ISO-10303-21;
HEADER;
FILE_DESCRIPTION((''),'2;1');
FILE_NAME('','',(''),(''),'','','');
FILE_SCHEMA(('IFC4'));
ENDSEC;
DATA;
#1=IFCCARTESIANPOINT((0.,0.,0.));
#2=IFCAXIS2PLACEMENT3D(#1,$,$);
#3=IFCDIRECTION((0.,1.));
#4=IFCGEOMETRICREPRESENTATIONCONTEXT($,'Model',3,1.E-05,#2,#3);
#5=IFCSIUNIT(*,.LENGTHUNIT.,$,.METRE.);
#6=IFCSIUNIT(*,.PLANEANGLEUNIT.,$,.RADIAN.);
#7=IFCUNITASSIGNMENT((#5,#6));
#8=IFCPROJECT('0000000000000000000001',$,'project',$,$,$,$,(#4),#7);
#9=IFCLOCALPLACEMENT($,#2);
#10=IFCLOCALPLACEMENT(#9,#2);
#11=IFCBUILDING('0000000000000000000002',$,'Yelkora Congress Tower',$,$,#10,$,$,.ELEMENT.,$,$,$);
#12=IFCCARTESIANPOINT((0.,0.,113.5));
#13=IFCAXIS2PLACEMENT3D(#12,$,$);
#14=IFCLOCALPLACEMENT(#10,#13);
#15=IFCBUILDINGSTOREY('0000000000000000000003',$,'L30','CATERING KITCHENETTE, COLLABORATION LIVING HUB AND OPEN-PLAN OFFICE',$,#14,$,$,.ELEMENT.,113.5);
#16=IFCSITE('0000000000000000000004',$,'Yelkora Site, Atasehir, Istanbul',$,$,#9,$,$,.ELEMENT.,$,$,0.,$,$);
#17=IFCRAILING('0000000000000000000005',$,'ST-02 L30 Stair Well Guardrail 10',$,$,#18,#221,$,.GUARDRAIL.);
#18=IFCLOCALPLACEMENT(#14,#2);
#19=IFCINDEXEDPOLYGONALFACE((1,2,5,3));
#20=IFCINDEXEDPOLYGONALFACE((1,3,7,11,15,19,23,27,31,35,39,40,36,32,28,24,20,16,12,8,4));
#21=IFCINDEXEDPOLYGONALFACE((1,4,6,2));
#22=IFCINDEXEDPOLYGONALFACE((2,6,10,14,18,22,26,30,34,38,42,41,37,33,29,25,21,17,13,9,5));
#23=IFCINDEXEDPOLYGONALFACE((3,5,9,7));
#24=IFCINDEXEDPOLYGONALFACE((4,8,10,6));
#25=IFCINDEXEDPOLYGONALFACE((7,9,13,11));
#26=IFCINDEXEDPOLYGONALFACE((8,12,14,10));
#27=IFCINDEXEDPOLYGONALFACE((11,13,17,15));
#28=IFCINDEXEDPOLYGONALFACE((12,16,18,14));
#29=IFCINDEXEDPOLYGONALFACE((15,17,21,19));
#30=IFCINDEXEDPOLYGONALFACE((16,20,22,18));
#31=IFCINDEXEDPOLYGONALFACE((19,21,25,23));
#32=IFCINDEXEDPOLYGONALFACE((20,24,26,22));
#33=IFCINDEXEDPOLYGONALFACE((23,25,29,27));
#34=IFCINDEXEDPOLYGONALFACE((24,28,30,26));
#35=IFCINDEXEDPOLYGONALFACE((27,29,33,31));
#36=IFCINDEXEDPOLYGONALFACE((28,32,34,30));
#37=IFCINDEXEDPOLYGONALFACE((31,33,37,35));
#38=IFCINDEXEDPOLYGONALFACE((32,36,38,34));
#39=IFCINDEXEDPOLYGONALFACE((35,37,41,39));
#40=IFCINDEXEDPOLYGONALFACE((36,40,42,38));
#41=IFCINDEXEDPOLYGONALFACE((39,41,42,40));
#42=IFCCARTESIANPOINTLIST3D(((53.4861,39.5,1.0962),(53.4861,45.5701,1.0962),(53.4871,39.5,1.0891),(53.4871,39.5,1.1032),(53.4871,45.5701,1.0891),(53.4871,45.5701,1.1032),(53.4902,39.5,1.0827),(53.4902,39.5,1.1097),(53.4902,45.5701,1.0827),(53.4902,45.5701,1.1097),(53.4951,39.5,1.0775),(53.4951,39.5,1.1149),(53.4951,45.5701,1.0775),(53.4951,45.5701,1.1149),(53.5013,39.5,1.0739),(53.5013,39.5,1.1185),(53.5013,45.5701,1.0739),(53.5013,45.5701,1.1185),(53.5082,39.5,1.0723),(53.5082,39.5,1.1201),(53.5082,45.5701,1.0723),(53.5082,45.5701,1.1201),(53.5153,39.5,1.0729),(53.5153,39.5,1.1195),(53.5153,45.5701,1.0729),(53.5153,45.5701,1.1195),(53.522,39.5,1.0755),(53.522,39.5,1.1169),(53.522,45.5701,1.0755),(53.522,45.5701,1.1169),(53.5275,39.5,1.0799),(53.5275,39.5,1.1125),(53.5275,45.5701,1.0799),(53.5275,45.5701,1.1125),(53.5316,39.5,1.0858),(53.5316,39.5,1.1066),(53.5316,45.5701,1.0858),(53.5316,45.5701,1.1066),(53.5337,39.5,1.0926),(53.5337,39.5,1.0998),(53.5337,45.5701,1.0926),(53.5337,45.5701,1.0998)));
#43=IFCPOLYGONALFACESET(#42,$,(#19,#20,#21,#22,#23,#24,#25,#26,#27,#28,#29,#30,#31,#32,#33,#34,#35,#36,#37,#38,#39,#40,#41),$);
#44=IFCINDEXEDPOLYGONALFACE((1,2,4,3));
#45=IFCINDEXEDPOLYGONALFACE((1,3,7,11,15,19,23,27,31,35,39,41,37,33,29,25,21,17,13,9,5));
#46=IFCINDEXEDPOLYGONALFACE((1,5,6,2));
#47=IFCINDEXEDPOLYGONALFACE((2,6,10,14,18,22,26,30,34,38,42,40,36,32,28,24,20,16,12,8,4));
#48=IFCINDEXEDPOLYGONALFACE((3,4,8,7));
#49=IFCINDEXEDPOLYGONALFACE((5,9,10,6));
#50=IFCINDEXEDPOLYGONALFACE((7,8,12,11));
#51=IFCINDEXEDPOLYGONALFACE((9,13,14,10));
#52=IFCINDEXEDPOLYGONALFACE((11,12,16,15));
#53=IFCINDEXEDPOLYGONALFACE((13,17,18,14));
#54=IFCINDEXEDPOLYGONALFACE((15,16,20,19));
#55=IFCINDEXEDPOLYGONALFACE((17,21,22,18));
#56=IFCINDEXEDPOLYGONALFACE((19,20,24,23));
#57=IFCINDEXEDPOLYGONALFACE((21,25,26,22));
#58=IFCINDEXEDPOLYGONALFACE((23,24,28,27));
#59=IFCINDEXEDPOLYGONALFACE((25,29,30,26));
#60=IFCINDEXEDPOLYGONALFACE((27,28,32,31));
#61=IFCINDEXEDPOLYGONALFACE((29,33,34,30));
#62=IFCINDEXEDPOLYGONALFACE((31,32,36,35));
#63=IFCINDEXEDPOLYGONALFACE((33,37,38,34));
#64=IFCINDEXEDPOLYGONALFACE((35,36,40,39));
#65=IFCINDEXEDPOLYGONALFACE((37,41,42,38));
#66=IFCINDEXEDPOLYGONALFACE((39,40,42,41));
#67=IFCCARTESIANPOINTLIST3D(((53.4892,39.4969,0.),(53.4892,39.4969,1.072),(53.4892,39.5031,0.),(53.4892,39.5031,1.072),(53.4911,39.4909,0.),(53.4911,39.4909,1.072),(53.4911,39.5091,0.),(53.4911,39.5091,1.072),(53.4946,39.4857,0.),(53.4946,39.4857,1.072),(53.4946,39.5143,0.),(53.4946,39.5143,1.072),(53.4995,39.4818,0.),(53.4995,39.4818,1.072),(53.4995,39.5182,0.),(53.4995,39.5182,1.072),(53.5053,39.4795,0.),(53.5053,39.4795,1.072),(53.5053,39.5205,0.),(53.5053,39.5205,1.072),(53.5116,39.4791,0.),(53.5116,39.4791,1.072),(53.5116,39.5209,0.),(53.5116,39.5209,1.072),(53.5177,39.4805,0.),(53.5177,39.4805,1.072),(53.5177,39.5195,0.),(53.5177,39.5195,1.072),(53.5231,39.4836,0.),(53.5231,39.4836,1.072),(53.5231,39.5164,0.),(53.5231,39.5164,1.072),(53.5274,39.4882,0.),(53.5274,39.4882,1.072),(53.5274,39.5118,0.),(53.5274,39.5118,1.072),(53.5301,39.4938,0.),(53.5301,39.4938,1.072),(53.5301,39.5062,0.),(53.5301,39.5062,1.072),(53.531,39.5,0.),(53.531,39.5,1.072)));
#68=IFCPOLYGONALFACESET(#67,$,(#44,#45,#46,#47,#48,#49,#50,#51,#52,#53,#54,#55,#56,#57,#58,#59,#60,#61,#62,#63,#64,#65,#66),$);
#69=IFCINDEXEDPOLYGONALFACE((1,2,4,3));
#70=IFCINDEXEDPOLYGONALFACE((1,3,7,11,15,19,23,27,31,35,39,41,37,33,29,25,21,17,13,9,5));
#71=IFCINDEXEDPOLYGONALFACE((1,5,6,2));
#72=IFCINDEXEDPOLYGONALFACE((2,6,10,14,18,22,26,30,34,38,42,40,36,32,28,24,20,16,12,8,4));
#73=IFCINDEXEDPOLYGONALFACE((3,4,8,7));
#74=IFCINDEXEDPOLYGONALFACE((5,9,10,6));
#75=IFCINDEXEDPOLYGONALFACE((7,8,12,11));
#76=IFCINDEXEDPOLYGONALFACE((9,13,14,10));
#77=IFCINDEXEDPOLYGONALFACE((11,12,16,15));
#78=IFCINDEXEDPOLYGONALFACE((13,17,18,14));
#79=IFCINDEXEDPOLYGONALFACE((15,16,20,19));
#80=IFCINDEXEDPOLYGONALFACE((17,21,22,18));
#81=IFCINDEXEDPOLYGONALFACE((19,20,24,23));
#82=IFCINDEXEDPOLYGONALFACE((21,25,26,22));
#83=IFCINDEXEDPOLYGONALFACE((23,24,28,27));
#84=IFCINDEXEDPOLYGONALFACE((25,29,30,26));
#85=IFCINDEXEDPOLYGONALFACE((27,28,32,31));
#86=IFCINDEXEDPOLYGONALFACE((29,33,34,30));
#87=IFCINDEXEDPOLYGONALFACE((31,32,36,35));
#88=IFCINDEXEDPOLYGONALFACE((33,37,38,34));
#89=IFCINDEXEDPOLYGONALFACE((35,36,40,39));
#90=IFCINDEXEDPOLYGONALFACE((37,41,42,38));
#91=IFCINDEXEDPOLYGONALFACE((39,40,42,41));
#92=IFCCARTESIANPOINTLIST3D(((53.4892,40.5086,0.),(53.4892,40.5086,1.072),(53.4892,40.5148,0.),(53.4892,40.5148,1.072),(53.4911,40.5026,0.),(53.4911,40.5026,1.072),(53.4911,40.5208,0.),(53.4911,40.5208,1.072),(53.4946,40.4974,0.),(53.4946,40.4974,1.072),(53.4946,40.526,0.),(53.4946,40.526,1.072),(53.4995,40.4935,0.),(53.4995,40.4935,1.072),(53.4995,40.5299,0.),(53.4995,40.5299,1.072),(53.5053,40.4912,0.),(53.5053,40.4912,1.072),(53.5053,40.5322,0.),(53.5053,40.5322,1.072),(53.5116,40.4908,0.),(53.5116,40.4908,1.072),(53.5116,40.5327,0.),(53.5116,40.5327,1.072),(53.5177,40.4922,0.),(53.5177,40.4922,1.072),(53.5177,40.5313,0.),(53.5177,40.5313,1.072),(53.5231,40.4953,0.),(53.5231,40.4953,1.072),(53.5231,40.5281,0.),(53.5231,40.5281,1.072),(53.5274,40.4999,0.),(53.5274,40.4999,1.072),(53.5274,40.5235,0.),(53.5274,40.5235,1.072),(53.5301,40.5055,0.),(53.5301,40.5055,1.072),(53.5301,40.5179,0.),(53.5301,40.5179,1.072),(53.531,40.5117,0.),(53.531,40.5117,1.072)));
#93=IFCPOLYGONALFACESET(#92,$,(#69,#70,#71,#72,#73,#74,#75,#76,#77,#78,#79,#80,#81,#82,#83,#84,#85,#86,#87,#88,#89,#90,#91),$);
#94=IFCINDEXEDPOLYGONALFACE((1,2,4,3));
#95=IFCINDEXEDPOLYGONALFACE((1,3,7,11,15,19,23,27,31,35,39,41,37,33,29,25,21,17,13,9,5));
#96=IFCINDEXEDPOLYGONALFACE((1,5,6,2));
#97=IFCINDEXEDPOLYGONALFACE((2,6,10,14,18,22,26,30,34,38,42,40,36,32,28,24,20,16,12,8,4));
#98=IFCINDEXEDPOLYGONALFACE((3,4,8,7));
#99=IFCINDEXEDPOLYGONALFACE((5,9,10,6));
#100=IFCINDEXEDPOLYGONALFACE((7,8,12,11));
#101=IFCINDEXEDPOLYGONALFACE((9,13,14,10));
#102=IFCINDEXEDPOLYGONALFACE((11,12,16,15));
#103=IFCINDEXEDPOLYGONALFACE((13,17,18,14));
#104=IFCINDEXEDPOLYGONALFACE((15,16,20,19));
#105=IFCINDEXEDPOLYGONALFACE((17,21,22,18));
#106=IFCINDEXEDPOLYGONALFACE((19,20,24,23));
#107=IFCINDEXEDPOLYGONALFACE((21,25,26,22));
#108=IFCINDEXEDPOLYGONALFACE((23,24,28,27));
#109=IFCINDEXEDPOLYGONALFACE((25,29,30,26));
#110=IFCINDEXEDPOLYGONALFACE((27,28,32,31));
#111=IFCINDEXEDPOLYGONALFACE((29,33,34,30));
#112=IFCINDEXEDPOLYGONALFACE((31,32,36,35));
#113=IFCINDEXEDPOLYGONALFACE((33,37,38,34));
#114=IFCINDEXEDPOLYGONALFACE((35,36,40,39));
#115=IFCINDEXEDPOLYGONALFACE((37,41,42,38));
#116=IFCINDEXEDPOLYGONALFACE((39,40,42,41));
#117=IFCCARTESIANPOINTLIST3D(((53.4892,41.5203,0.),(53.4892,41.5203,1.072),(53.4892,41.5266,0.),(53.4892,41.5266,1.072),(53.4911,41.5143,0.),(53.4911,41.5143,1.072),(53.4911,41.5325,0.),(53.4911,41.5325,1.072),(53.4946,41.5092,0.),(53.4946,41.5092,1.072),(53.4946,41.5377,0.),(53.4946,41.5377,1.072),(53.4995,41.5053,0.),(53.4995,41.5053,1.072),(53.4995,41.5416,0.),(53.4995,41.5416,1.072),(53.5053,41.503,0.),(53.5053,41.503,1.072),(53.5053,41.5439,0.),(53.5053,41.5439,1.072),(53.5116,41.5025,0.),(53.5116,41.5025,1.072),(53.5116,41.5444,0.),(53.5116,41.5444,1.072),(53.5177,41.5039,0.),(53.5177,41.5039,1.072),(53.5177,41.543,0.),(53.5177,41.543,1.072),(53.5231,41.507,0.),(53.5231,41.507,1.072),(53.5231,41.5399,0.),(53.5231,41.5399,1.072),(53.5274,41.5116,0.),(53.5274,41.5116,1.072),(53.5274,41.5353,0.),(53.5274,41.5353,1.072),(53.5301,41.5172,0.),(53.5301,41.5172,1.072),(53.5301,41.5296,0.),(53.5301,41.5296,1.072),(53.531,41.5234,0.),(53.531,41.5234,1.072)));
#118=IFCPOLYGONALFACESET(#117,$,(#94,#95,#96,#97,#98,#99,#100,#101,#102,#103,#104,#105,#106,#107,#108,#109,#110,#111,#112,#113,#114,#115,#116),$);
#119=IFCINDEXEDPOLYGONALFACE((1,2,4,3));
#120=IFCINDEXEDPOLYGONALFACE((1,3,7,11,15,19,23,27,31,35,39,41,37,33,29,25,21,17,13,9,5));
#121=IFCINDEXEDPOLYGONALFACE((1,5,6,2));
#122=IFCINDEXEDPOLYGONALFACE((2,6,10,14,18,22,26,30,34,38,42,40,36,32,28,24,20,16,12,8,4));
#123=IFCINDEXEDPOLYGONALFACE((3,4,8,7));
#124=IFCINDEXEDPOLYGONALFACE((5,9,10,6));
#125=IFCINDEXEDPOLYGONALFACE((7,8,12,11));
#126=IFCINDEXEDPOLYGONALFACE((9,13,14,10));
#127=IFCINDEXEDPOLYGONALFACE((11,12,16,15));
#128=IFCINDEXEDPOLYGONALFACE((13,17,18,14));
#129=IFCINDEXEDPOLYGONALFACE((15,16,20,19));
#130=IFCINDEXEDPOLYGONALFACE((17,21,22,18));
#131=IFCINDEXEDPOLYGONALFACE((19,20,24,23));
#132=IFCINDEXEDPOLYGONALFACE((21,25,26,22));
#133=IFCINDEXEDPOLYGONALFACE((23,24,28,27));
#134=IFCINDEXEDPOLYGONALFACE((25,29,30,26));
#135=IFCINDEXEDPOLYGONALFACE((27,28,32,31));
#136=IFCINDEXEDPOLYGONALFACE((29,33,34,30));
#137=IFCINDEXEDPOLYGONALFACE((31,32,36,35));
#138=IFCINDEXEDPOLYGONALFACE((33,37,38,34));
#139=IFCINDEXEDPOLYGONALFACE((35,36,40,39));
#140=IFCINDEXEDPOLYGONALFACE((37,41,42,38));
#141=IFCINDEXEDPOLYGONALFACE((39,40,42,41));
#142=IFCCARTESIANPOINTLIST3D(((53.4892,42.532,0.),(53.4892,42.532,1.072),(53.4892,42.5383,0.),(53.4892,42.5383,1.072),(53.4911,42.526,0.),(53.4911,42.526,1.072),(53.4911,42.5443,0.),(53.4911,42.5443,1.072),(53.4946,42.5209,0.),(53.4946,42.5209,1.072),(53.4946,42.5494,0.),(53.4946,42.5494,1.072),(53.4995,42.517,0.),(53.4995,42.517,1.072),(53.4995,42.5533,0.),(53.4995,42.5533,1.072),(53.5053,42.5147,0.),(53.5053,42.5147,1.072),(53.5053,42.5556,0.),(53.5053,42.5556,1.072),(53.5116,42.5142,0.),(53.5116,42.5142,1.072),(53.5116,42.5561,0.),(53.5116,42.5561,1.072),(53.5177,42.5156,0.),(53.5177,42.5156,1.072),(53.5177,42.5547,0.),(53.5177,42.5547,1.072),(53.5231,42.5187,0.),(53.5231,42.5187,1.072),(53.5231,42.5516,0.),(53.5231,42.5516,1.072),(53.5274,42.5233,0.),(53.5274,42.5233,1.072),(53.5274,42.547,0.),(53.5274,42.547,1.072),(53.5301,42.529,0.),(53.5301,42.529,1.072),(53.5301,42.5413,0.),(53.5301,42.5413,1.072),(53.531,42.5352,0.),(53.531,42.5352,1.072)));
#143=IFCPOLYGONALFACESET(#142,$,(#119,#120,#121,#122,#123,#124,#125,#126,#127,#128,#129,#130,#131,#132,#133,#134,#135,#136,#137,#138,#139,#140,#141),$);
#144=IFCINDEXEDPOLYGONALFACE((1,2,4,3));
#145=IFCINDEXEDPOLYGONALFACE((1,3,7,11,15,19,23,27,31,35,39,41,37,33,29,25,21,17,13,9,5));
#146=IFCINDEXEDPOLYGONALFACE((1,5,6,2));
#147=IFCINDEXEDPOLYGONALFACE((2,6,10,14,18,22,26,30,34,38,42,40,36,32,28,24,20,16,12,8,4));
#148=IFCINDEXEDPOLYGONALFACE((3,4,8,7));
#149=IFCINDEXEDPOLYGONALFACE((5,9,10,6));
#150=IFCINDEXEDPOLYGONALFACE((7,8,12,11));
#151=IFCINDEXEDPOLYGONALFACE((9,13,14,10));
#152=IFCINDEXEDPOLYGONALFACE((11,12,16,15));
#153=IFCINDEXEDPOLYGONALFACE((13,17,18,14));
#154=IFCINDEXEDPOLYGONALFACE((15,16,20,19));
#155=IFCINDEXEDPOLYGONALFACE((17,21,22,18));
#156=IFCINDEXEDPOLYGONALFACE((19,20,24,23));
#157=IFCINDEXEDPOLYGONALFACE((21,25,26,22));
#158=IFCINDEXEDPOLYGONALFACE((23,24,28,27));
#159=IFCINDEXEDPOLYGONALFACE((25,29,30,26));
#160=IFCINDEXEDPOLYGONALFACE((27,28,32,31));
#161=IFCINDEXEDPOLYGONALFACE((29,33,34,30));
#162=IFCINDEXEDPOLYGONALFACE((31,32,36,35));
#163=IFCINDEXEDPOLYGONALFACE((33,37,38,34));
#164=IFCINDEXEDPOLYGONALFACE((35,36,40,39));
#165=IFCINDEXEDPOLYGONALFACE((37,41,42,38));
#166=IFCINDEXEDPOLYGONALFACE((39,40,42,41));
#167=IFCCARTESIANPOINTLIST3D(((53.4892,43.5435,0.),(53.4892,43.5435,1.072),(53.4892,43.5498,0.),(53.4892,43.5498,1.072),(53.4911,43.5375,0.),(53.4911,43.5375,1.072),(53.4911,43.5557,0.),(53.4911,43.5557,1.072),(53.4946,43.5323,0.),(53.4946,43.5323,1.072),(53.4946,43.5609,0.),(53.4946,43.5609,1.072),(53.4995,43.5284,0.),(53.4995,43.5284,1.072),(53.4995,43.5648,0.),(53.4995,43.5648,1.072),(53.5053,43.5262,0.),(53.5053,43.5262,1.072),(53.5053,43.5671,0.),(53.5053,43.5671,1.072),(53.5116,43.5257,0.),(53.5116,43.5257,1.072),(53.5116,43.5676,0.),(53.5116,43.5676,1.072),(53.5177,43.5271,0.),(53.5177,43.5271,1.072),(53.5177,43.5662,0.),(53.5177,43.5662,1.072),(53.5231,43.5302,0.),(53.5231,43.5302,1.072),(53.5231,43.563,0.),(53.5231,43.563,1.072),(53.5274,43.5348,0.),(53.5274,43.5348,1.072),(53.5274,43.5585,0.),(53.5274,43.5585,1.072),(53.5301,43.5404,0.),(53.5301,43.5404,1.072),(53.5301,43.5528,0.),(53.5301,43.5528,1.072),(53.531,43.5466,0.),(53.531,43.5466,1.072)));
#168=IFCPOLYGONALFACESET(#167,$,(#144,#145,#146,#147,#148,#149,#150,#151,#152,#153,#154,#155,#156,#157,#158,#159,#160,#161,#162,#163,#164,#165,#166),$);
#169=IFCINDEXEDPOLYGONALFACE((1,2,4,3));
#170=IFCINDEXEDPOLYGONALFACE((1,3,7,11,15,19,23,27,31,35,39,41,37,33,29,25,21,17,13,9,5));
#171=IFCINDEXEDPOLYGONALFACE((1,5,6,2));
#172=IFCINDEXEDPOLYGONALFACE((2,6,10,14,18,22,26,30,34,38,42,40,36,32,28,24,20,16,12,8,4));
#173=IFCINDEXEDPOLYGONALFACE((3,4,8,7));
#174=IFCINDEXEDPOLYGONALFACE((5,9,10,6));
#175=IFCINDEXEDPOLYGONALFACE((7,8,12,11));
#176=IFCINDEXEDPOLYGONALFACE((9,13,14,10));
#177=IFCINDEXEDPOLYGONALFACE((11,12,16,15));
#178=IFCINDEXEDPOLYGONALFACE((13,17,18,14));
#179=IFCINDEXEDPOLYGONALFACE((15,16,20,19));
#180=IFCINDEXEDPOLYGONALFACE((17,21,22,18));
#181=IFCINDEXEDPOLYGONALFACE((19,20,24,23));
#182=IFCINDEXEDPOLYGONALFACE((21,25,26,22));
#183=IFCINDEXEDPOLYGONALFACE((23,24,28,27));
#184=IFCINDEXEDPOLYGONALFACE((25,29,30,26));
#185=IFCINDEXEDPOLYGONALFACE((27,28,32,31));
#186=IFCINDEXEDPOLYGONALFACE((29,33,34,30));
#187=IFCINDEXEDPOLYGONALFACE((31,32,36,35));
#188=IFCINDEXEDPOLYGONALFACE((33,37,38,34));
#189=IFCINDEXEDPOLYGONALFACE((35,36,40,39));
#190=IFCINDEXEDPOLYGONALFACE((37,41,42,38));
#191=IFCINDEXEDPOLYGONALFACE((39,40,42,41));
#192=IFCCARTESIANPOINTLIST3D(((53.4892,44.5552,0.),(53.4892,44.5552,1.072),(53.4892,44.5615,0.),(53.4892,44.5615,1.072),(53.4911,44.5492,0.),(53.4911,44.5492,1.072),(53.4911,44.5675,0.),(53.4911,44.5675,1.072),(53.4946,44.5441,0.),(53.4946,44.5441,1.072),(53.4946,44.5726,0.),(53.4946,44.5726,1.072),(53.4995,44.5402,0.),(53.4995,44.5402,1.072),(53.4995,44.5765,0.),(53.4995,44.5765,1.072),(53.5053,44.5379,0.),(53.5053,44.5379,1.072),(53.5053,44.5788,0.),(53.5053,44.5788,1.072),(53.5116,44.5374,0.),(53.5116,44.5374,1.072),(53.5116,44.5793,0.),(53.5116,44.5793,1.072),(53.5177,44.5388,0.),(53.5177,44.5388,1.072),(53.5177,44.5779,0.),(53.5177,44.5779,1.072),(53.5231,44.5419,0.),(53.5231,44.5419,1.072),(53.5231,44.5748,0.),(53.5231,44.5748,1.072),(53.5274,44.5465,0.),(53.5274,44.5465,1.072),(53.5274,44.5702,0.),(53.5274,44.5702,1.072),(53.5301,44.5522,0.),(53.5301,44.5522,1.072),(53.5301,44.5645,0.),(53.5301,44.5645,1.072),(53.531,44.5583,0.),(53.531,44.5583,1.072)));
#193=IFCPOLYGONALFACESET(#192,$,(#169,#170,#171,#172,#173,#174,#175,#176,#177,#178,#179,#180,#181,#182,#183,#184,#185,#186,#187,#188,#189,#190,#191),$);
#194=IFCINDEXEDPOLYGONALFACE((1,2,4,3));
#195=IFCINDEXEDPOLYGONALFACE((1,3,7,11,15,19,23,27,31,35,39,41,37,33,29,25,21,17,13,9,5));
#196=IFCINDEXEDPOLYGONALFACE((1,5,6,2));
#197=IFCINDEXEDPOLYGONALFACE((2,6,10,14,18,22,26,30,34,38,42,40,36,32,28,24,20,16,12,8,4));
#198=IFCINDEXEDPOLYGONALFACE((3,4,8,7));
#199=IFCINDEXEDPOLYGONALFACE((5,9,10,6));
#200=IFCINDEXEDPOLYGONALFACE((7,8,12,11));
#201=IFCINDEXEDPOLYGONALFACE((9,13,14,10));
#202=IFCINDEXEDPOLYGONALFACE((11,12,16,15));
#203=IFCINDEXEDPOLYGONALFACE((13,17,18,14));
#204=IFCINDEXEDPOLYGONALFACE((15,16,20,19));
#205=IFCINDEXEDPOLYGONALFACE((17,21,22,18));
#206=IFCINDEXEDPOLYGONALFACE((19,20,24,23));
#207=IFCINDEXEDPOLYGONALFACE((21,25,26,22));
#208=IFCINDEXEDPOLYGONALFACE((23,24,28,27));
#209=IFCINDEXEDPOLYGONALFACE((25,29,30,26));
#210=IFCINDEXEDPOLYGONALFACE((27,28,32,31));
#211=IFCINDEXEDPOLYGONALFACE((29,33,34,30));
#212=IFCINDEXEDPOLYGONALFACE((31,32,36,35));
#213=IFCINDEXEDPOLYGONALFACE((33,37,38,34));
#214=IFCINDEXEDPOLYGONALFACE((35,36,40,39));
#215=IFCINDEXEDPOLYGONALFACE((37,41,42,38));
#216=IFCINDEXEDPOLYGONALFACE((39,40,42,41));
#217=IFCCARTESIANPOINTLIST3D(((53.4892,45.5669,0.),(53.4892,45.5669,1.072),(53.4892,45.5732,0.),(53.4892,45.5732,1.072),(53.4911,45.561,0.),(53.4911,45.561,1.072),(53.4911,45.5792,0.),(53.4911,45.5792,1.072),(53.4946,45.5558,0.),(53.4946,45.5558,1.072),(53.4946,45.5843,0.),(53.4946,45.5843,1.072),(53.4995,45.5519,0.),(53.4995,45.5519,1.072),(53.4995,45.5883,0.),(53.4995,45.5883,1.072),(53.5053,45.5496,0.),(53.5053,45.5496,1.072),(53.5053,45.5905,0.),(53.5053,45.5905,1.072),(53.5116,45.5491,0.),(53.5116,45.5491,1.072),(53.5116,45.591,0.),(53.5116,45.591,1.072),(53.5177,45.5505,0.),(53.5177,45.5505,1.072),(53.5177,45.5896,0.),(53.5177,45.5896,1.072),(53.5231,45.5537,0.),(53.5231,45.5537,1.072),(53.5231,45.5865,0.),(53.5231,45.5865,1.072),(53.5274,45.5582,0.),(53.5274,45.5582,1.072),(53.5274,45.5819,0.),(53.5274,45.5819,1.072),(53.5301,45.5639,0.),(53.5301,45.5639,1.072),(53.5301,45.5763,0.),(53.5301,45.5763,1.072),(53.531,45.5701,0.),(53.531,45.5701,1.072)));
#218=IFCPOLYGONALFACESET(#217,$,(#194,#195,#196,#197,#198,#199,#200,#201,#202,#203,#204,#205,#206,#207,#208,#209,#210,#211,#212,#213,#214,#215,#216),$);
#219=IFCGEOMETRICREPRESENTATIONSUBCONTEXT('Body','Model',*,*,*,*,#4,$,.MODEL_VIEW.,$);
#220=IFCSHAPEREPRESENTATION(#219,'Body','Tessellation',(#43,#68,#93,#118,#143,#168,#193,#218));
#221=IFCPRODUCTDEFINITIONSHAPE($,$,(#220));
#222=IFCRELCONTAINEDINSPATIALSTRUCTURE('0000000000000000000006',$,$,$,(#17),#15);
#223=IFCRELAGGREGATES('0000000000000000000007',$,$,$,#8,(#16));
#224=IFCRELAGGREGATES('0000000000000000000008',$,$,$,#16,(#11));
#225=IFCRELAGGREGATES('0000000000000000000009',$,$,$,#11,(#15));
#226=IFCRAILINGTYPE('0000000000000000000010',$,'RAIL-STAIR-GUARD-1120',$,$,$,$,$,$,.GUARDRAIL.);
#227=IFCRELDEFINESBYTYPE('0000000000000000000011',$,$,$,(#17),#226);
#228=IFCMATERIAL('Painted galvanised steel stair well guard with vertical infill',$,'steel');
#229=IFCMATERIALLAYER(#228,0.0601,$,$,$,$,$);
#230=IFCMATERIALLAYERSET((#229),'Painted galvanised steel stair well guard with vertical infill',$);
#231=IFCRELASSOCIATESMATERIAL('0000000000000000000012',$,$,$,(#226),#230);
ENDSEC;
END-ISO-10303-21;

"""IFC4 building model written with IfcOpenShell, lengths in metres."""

from ifc_helpers import new_model, si_unit, direction, frame, origin, origin_2d, place, context, subcontext, project, spatial, circle, extrude, material, layer, layer_set, type_object, element, save


model = new_model("IFC4")

# Units and contexts
model_context = context("Model", 3, precision=1e-05, world=origin(), true_north=direction((0.0, 1.0)))
body_context = subcontext(model_context, "Body", "Model", "MODEL_VIEW")
ifc_project = project(units=[si_unit("LENGTHUNIT", "METRE"), si_unit("PLANEANGLEUNIT", "RADIAN")], contexts=[model_context])

# Site, building, storey
site_placement = place(None, origin())
site = spatial("IfcSite", under=ifc_project, at=site_placement, Name="Yelkora Site, Atasehir, Istanbul", CompositionType="ELEMENT", RefElevation=0.0)
building_placement = place(site_placement, origin())
building = spatial("IfcBuilding", under=site, at=building_placement, Name="Yelkora Congress Tower", CompositionType="ELEMENT")
storey_placement = place(building_placement, frame((0.0, 0.0, 113.5)))
storey = spatial("IfcBuildingStorey", under=building, at=storey_placement, Name="L30", Description="CATERING KITCHENETTE, COLLABORATION LIVING HUB AND OPEN-PLAN OFFICE", CompositionType="ELEMENT", Elevation=113.5)

# Railing
ifc_material_1 = material(Name="Painted galvanised steel stair well guard with vertical infill", Category="steel")
ifc_layer_1 = layer(ifc_material_1, 0.0601)
ifc_layer_set_1 = layer_set([ifc_layer_1], Name="Painted galvanised steel stair well guard with vertical infill")
railing_type = type_object("IfcRailingType", Name="RAIL-STAIR-GUARD-1120", PredefinedType="GUARDRAIL", material=ifc_layer_set_1)
railing_1_placement = place(storey_placement, frame((53.51, 39.5, 0.0)))
element("IfcRailing", 1, at=railing_1_placement, inside=storey, type_object=railing_type, Name="ST-02 L30 Stair Well Guardrail 10", PredefinedType="GUARDRAIL", context=body_context, shape_type="SweptSolid", body=[
    extrude(circle(Radius=0.0239, at=origin_2d()), frame((0.0, 0.0, 1.0962), z_axis=(0.0, 1.0, 0.0), x_axis=(-1.0, 0.0, 0.0)), (0.0, 0.0, 1.0), 6.0701),
    extrude(circle(Radius=0.021, at=origin_2d()), origin(), (0.0, 0.0, 1.0), 1.072),
    extrude(circle(Radius=0.021, at=origin_2d()), frame((0.0, 1.0117, 0.0)), (0.0, 0.0, 1.0), 1.072),
    extrude(circle(Radius=0.021, at=origin_2d()), frame((0.0, 2.0234, 0.0)), (0.0, 0.0, 1.0), 1.072),
    extrude(circle(Radius=0.021, at=origin_2d()), frame((0.0, 3.0352, 0.0)), (0.0, 0.0, 1.0), 1.072),
    extrude(circle(Radius=0.021, at=origin_2d()), frame((0.0, 4.0466, 0.0)), (0.0, 0.0, 1.0), 1.072),
    extrude(circle(Radius=0.021, at=origin_2d()), frame((0.0, 5.0583, 0.0)), (0.0, 0.0, 1.0), 1.072),
    extrude(circle(Radius=0.021, at=origin_2d()), frame((0.0, 6.0701, 0.0)), (0.0, 0.0, 1.0), 1.072),
])

save(model, "model.ifc")
